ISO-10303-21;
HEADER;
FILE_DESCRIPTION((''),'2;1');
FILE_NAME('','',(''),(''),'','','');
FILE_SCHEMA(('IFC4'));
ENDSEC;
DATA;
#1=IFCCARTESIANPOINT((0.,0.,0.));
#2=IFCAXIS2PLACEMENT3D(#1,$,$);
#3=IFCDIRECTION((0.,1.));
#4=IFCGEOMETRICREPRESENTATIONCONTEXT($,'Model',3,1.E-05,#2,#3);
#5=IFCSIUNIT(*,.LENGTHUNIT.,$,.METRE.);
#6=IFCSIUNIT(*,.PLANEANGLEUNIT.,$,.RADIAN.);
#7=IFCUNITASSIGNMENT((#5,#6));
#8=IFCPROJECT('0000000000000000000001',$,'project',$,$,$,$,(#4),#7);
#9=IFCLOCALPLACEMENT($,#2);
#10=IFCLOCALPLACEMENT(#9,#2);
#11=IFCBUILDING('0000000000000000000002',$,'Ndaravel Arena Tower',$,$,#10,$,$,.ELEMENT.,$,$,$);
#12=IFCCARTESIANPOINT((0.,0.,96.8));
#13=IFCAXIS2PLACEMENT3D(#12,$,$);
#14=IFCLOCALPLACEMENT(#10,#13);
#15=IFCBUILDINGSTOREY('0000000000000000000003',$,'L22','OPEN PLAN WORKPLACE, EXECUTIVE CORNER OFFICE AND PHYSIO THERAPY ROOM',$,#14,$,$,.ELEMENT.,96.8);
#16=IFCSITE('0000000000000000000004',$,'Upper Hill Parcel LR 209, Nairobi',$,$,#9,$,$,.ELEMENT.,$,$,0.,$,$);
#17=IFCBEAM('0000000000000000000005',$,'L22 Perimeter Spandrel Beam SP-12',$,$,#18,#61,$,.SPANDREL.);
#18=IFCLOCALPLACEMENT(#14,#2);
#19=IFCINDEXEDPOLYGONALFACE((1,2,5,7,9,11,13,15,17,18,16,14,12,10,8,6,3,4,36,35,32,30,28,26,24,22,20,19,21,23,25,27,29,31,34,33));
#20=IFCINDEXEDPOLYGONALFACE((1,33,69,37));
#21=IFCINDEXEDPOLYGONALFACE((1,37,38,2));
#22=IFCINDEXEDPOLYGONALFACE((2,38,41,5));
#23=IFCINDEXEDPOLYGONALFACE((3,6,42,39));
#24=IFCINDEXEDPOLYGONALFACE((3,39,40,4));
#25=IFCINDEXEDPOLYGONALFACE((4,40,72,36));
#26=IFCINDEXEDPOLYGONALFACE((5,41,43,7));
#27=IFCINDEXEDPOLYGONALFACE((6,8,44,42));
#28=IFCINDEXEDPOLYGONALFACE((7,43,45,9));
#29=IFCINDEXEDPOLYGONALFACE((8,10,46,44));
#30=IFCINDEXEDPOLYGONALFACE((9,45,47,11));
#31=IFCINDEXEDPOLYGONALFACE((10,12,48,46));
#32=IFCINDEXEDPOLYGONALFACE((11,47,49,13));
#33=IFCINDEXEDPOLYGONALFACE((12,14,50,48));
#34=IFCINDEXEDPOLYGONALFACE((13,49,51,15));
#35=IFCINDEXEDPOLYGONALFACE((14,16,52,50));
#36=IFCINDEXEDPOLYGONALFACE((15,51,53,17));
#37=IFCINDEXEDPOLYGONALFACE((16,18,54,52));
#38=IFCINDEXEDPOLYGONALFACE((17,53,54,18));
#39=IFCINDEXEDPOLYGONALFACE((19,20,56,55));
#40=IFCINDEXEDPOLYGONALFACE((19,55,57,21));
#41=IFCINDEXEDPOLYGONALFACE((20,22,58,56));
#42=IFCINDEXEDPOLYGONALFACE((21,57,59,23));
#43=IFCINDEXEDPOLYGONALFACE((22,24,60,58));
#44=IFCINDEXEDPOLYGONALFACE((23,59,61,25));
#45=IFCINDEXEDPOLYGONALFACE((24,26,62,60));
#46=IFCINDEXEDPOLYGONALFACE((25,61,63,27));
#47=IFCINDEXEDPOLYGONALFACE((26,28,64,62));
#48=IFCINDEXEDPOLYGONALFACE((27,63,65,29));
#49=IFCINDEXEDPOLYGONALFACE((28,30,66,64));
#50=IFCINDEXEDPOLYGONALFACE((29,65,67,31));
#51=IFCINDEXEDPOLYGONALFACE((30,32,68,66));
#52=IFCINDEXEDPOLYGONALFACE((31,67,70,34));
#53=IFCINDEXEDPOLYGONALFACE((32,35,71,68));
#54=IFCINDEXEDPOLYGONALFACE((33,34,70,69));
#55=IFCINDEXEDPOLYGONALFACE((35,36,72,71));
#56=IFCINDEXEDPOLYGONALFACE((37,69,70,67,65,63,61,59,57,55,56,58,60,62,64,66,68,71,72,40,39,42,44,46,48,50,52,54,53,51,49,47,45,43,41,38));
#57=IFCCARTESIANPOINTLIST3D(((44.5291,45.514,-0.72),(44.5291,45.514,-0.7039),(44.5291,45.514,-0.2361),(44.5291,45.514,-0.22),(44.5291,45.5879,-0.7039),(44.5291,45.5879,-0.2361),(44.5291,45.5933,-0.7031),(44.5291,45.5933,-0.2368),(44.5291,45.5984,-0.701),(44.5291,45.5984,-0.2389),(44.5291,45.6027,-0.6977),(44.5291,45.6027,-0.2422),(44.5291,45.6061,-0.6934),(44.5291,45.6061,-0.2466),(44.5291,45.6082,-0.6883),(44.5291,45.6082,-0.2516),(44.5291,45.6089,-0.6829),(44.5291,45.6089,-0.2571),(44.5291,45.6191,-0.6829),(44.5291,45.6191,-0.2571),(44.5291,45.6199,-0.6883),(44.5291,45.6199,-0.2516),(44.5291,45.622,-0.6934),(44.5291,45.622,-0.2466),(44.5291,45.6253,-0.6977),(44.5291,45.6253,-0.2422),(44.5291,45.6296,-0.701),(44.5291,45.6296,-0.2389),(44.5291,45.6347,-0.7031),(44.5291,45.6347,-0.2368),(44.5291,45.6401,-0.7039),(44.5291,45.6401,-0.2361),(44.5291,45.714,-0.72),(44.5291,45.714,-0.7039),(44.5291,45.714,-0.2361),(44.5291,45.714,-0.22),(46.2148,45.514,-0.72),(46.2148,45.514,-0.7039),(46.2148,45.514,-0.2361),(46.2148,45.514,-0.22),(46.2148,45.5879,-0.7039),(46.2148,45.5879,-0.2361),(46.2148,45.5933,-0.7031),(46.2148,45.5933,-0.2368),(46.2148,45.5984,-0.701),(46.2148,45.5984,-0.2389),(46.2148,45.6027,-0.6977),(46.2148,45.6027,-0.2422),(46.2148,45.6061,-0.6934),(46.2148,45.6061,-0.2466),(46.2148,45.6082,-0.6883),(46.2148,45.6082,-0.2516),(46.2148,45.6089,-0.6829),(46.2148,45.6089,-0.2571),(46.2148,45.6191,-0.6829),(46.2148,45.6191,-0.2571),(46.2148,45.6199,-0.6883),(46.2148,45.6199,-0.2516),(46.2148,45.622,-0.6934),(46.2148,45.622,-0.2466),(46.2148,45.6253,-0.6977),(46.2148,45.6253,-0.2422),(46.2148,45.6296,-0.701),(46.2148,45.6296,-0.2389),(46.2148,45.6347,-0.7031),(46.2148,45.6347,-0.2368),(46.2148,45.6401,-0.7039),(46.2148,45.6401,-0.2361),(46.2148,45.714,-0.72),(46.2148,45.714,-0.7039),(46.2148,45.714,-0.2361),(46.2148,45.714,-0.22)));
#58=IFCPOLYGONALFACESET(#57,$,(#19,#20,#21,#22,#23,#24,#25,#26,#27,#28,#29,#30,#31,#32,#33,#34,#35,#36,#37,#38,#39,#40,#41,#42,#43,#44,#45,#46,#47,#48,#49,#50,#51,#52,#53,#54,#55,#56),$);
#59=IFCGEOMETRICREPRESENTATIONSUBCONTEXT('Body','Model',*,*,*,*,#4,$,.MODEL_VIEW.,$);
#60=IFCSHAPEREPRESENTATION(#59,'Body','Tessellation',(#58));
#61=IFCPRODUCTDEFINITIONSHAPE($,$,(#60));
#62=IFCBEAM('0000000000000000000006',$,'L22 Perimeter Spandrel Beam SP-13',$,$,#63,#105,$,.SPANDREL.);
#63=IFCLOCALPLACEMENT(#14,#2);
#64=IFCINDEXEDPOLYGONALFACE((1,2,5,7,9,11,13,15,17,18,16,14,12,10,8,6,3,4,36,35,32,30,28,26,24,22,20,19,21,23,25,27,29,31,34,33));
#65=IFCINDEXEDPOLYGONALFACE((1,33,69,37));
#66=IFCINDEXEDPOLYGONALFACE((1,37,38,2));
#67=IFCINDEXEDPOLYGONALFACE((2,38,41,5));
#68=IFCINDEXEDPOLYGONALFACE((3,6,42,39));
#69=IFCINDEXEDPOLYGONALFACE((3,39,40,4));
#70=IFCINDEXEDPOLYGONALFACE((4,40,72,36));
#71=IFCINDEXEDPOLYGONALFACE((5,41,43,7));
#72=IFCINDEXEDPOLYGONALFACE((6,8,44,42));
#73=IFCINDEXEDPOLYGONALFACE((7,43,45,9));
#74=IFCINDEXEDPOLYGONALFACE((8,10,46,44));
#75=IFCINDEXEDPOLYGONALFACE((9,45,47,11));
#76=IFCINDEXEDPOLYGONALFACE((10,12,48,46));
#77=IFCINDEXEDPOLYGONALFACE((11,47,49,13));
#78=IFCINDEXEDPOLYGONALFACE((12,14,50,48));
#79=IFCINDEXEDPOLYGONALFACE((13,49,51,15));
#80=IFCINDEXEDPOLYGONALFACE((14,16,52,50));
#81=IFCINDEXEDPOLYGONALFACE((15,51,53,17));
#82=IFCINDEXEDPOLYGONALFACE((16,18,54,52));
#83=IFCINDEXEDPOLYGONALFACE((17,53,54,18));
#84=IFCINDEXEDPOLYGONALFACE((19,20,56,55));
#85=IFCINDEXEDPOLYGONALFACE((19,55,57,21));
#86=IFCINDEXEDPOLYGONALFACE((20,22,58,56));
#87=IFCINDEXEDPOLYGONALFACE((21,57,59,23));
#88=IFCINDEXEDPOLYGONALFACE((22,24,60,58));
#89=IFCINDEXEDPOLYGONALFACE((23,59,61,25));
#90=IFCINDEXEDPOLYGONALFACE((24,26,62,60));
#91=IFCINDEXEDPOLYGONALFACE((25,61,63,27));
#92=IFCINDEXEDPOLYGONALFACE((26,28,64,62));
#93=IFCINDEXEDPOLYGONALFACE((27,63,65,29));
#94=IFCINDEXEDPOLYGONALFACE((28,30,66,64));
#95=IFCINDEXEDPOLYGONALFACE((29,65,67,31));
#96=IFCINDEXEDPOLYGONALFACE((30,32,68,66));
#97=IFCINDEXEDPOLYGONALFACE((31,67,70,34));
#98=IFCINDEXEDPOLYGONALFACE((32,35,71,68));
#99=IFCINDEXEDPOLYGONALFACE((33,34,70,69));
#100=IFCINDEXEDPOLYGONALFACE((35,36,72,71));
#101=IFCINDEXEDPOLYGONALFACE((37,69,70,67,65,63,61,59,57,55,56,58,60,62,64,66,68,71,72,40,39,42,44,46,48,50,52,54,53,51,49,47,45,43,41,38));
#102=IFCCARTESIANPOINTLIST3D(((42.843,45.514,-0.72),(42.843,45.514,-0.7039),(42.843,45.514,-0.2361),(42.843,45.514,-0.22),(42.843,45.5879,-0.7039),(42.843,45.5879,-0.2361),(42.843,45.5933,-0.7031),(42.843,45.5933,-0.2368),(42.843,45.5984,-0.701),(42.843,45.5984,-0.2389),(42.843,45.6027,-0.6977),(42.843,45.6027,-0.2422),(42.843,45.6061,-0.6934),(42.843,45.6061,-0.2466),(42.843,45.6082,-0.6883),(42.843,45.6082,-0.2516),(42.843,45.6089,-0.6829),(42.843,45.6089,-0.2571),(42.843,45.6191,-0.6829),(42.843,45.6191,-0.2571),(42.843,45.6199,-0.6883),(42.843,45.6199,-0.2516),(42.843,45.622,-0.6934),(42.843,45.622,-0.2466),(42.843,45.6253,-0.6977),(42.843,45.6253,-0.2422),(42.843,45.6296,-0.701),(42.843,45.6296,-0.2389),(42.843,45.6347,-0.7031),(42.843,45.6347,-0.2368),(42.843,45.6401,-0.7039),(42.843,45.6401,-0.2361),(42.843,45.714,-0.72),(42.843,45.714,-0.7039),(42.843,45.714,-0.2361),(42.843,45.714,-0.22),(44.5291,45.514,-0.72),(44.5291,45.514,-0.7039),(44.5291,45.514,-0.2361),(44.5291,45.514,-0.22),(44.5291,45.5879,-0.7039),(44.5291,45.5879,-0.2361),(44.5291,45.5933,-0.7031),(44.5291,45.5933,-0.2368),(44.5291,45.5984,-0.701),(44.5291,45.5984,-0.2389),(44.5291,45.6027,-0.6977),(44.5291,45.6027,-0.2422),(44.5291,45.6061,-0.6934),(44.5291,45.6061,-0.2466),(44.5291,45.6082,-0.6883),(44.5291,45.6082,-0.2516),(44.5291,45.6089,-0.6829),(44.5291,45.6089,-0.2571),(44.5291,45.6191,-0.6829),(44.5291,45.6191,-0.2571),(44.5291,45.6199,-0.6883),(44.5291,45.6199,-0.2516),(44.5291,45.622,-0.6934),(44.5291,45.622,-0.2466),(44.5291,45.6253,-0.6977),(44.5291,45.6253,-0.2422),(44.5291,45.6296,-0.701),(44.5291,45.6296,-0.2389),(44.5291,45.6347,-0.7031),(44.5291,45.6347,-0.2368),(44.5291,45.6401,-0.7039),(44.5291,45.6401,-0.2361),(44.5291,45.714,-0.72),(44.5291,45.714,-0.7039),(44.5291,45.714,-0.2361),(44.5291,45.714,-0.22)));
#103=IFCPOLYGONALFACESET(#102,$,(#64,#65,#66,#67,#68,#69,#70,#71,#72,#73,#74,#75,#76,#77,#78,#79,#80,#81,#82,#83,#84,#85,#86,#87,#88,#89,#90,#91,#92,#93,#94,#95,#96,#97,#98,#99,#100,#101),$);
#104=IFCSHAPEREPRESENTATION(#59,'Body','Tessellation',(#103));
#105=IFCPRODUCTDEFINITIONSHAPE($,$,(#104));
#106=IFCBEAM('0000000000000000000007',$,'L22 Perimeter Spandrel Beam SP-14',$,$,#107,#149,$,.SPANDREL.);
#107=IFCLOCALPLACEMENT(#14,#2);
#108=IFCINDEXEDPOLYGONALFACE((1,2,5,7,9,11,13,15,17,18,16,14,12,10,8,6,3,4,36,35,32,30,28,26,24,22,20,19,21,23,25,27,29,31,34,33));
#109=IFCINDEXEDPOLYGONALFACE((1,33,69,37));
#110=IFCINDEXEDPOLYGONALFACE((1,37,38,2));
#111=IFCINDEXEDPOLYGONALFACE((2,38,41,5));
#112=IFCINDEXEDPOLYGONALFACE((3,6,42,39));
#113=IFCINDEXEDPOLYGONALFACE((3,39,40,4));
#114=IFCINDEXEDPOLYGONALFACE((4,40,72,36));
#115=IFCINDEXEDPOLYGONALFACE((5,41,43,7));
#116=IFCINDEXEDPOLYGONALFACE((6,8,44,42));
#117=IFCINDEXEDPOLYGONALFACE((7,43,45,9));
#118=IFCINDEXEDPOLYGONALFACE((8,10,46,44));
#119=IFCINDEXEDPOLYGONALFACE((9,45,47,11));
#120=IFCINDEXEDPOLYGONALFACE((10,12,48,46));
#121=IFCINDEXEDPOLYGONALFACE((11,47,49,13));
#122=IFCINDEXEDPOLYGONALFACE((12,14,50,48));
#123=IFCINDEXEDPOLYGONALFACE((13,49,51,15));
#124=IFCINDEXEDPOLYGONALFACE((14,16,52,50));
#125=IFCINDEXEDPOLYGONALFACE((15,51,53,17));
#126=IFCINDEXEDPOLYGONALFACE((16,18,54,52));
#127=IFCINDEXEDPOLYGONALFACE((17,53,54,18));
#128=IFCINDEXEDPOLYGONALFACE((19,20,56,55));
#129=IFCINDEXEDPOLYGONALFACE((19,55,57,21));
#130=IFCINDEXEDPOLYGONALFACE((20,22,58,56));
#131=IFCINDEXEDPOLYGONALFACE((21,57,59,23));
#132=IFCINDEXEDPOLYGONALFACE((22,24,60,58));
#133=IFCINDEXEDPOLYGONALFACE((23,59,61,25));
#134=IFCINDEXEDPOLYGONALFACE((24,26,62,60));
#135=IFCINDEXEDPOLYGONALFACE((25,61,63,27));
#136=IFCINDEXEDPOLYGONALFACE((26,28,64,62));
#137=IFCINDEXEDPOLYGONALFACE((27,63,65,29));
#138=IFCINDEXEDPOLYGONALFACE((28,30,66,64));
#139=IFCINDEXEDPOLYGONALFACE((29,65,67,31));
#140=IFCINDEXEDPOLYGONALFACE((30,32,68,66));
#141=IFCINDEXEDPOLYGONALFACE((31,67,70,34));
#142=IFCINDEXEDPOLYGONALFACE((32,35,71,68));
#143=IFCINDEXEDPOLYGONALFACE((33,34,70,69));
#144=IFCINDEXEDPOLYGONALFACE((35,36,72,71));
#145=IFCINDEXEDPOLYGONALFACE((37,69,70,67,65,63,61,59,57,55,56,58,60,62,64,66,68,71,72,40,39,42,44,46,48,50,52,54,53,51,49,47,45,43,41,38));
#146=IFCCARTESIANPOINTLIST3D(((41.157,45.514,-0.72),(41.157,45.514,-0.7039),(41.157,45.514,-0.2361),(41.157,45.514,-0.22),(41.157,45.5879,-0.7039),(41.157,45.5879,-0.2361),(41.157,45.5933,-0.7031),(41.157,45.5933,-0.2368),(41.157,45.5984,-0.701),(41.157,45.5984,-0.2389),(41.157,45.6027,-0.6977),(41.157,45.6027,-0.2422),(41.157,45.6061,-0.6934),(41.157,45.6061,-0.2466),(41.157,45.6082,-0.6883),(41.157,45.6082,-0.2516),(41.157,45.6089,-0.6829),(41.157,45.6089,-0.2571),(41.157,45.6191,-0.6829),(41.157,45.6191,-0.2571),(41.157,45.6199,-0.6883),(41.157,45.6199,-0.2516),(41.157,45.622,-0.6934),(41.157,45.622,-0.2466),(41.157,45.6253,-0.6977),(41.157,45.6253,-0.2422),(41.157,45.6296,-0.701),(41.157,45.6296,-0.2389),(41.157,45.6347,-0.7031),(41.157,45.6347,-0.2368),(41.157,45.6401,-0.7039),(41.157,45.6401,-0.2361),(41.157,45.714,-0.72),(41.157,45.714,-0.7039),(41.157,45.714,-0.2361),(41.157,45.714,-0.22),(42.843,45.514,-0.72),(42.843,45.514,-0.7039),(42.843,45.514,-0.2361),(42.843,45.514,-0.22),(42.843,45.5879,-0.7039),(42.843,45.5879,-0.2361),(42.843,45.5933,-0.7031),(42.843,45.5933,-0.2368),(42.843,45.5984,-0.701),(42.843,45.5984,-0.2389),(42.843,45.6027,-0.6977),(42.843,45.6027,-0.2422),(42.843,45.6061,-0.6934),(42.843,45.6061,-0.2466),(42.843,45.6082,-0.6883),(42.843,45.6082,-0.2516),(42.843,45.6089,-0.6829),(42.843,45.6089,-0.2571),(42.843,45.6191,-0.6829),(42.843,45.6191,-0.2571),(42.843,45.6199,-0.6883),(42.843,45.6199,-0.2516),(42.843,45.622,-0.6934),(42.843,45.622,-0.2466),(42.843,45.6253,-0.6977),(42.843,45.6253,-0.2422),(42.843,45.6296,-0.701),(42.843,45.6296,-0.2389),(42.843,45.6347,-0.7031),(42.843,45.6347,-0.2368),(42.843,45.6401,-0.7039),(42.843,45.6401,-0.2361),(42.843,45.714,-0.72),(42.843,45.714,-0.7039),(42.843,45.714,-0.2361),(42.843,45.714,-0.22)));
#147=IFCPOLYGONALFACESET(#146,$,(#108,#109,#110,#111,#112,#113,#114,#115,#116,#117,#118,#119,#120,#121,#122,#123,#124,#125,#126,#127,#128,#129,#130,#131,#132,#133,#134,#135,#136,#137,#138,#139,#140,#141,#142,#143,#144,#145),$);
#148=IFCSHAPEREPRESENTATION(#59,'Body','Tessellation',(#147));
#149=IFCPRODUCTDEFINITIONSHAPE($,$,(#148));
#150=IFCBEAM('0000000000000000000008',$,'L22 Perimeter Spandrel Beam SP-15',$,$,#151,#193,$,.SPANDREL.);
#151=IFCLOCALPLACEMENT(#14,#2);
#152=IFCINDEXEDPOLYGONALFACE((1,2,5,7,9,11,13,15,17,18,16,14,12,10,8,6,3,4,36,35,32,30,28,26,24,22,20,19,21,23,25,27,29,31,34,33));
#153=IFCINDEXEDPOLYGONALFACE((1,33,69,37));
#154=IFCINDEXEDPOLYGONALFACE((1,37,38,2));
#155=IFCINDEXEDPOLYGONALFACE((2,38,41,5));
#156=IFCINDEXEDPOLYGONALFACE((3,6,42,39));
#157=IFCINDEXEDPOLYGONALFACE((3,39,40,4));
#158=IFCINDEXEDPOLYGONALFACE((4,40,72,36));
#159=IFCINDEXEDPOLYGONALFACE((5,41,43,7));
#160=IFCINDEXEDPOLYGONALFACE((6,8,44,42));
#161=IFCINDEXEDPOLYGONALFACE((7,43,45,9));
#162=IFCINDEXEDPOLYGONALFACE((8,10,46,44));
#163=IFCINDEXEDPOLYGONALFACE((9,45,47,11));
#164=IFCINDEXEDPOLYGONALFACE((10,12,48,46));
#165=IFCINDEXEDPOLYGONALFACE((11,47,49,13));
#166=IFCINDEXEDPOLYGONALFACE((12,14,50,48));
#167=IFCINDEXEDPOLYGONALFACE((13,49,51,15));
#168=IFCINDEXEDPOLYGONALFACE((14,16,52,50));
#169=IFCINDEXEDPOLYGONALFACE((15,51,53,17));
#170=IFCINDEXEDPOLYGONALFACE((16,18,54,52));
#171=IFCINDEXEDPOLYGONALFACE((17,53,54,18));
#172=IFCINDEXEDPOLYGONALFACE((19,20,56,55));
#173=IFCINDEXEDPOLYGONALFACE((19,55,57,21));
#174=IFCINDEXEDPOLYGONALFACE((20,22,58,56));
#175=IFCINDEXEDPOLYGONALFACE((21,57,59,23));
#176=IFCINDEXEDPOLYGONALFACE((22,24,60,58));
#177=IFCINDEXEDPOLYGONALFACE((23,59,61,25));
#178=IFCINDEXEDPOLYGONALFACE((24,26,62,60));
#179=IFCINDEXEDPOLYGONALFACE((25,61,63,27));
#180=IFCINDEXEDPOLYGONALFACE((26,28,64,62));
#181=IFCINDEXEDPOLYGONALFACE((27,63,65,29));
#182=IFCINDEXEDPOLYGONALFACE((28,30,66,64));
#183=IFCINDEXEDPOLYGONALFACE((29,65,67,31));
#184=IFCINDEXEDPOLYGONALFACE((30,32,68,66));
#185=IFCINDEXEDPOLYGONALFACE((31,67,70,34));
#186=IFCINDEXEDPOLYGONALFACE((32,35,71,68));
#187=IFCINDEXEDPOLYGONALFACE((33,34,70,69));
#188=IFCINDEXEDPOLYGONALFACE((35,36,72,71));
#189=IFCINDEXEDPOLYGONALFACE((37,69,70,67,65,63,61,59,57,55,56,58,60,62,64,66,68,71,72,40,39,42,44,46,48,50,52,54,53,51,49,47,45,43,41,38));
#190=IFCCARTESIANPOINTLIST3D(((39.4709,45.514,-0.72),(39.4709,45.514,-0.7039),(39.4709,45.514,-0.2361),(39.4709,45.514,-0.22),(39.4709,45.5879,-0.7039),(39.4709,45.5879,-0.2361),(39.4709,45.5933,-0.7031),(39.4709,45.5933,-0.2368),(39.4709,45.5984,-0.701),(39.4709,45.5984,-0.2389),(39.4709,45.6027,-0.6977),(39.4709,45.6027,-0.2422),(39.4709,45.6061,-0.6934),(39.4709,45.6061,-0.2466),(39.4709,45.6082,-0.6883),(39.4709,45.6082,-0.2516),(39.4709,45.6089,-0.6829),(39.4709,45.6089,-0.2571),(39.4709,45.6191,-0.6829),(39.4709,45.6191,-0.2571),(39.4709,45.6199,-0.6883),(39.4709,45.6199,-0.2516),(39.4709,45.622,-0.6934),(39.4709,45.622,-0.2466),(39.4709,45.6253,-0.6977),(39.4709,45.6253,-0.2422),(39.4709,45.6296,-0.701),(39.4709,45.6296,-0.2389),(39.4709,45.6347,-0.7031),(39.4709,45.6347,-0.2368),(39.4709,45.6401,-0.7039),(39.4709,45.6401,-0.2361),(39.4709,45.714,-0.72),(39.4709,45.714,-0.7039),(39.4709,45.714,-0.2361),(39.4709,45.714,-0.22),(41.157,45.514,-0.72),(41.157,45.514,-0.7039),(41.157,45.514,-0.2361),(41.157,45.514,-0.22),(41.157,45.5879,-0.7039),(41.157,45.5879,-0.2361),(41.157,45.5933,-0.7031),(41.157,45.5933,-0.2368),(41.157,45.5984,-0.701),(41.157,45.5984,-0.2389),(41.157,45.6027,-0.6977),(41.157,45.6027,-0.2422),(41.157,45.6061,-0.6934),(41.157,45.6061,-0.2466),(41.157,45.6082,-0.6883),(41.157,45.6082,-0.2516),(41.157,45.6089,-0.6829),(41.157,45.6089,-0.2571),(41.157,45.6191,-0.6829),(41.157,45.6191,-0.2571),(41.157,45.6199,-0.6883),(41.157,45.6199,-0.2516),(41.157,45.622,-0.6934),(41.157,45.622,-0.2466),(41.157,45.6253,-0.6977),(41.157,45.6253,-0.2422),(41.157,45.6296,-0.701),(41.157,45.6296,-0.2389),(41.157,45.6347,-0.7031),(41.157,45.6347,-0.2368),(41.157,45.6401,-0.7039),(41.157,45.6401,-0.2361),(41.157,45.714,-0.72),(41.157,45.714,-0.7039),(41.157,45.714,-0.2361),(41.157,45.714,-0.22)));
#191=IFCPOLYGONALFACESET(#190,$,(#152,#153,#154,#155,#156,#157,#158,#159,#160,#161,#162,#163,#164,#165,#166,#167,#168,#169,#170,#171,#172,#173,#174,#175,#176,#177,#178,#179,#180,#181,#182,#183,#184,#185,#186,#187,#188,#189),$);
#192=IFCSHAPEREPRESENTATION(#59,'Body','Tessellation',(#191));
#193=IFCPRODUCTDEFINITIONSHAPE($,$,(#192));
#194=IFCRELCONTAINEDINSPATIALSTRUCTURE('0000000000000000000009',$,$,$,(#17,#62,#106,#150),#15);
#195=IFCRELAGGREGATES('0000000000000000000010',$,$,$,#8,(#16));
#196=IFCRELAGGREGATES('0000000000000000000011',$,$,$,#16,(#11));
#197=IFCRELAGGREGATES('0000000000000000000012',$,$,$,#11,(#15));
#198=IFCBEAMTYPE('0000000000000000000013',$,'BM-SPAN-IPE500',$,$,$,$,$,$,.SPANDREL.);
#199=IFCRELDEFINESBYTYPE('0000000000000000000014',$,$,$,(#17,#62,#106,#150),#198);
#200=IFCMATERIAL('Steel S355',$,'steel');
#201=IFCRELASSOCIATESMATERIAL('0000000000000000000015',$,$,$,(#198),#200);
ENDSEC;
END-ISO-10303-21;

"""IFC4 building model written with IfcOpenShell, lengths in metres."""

from ifc_helpers import new_model, si_unit, direction, frame, origin, origin_2d, place, context, subcontext, project, spatial, i_section, extrude, material, material_profile, profile_set, type_object, element, save


model = new_model("IFC4")

# Units and contexts
model_context = context("Model", 3, precision=1e-05, world=origin(), true_north=direction((0.0, 1.0)))
body_context = subcontext(model_context, "Body", "Model", "MODEL_VIEW")
ifc_project = project(units=[si_unit("LENGTHUNIT", "METRE"), si_unit("PLANEANGLEUNIT", "RADIAN")], contexts=[model_context])

# Site, building, storey
site_placement = place(None, origin())
site = spatial("IfcSite", under=ifc_project, at=site_placement, Name="Upper Hill Parcel LR 209, Nairobi", CompositionType="ELEMENT", RefElevation=0.0)
building_placement = place(site_placement, origin())
building = spatial("IfcBuilding", under=site, at=building_placement, Name="Ndaravel Arena Tower", CompositionType="ELEMENT")
storey_placement = place(building_placement, frame((0.0, 0.0, 96.8)))
storey = spatial("IfcBuildingStorey", under=building, at=storey_placement, Name="L22", Description="OPEN PLAN WORKPLACE, EXECUTIVE CORNER OFFICE AND PHYSIO THERAPY ROOM", CompositionType="ELEMENT", Elevation=96.8)

# Beams
ifc_material_1 = material(Name="Steel S355", Category="steel")
ifc_material_profile_1 = material_profile(ifc_material_1, i_section(OverallWidth=0.2, OverallDepth=0.5, WebThickness=0.0103, FlangeThickness=0.0161, FilletRadius=0.021, at=origin_2d()), Name="IPE 500")
ifc_profile_set_1 = profile_set([ifc_material_profile_1], Name="Steel S355")
beam_type_1 = type_object("IfcBeamType", Name="BM-SPAN-IPE500", PredefinedType="SPANDREL", material=ifc_profile_set_1)
beam_1_placement = place(storey_placement, frame((46.2148, 45.614, -0.47), z_axis=(-1.0, 0.0, 0.0), x_axis=(0.0, -1.0, 0.0)))
element("IfcBeam", 1, at=beam_1_placement, inside=storey, type_object=beam_type_1, Name="L22 Perimeter Spandrel Beam SP-12", PredefinedType="SPANDREL", context=body_context, shape_type="SweptSolid", body=[
    extrude(i_section(OverallWidth=0.2, OverallDepth=0.5, WebThickness=0.0103, FlangeThickness=0.0161, FilletRadius=0.021, at=origin_2d()), origin(), (0.0, 0.0, 1.0), 1.6858),
])
for number, where, z_axis, x_axis, name in (
    (2, (44.5291, 45.614, -0.47), (-1.0, 0.0, 0.0), (0.0, -1.0, 0.0), "L22 Perimeter Spandrel Beam SP-13"),
    (3, (42.843, 45.614, -0.47), (-1.0, 0.0, 0.0), (0.0, -1.0, 0.0), "L22 Perimeter Spandrel Beam SP-14"),
    (4, (41.157, 45.614, -0.47), (-1.0, 0.0, 0.0), (0.0, -1.0, 0.0), "L22 Perimeter Spandrel Beam SP-15"),
):
    element("IfcBeam", number, at=place(storey_placement, frame(where, z_axis=z_axis, x_axis=x_axis)), inside=storey, type_object=beam_type_1, Name=name, PredefinedType="SPANDREL", context=body_context, shape_type="SweptSolid", body=[
        extrude(i_section(OverallWidth=0.2, OverallDepth=0.5, WebThickness=0.0103, FlangeThickness=0.0161, FilletRadius=0.021, at=origin_2d()), origin(), (0.0, 0.0, 1.0), 1.686),
    ])

save(model, "model.ifc")
